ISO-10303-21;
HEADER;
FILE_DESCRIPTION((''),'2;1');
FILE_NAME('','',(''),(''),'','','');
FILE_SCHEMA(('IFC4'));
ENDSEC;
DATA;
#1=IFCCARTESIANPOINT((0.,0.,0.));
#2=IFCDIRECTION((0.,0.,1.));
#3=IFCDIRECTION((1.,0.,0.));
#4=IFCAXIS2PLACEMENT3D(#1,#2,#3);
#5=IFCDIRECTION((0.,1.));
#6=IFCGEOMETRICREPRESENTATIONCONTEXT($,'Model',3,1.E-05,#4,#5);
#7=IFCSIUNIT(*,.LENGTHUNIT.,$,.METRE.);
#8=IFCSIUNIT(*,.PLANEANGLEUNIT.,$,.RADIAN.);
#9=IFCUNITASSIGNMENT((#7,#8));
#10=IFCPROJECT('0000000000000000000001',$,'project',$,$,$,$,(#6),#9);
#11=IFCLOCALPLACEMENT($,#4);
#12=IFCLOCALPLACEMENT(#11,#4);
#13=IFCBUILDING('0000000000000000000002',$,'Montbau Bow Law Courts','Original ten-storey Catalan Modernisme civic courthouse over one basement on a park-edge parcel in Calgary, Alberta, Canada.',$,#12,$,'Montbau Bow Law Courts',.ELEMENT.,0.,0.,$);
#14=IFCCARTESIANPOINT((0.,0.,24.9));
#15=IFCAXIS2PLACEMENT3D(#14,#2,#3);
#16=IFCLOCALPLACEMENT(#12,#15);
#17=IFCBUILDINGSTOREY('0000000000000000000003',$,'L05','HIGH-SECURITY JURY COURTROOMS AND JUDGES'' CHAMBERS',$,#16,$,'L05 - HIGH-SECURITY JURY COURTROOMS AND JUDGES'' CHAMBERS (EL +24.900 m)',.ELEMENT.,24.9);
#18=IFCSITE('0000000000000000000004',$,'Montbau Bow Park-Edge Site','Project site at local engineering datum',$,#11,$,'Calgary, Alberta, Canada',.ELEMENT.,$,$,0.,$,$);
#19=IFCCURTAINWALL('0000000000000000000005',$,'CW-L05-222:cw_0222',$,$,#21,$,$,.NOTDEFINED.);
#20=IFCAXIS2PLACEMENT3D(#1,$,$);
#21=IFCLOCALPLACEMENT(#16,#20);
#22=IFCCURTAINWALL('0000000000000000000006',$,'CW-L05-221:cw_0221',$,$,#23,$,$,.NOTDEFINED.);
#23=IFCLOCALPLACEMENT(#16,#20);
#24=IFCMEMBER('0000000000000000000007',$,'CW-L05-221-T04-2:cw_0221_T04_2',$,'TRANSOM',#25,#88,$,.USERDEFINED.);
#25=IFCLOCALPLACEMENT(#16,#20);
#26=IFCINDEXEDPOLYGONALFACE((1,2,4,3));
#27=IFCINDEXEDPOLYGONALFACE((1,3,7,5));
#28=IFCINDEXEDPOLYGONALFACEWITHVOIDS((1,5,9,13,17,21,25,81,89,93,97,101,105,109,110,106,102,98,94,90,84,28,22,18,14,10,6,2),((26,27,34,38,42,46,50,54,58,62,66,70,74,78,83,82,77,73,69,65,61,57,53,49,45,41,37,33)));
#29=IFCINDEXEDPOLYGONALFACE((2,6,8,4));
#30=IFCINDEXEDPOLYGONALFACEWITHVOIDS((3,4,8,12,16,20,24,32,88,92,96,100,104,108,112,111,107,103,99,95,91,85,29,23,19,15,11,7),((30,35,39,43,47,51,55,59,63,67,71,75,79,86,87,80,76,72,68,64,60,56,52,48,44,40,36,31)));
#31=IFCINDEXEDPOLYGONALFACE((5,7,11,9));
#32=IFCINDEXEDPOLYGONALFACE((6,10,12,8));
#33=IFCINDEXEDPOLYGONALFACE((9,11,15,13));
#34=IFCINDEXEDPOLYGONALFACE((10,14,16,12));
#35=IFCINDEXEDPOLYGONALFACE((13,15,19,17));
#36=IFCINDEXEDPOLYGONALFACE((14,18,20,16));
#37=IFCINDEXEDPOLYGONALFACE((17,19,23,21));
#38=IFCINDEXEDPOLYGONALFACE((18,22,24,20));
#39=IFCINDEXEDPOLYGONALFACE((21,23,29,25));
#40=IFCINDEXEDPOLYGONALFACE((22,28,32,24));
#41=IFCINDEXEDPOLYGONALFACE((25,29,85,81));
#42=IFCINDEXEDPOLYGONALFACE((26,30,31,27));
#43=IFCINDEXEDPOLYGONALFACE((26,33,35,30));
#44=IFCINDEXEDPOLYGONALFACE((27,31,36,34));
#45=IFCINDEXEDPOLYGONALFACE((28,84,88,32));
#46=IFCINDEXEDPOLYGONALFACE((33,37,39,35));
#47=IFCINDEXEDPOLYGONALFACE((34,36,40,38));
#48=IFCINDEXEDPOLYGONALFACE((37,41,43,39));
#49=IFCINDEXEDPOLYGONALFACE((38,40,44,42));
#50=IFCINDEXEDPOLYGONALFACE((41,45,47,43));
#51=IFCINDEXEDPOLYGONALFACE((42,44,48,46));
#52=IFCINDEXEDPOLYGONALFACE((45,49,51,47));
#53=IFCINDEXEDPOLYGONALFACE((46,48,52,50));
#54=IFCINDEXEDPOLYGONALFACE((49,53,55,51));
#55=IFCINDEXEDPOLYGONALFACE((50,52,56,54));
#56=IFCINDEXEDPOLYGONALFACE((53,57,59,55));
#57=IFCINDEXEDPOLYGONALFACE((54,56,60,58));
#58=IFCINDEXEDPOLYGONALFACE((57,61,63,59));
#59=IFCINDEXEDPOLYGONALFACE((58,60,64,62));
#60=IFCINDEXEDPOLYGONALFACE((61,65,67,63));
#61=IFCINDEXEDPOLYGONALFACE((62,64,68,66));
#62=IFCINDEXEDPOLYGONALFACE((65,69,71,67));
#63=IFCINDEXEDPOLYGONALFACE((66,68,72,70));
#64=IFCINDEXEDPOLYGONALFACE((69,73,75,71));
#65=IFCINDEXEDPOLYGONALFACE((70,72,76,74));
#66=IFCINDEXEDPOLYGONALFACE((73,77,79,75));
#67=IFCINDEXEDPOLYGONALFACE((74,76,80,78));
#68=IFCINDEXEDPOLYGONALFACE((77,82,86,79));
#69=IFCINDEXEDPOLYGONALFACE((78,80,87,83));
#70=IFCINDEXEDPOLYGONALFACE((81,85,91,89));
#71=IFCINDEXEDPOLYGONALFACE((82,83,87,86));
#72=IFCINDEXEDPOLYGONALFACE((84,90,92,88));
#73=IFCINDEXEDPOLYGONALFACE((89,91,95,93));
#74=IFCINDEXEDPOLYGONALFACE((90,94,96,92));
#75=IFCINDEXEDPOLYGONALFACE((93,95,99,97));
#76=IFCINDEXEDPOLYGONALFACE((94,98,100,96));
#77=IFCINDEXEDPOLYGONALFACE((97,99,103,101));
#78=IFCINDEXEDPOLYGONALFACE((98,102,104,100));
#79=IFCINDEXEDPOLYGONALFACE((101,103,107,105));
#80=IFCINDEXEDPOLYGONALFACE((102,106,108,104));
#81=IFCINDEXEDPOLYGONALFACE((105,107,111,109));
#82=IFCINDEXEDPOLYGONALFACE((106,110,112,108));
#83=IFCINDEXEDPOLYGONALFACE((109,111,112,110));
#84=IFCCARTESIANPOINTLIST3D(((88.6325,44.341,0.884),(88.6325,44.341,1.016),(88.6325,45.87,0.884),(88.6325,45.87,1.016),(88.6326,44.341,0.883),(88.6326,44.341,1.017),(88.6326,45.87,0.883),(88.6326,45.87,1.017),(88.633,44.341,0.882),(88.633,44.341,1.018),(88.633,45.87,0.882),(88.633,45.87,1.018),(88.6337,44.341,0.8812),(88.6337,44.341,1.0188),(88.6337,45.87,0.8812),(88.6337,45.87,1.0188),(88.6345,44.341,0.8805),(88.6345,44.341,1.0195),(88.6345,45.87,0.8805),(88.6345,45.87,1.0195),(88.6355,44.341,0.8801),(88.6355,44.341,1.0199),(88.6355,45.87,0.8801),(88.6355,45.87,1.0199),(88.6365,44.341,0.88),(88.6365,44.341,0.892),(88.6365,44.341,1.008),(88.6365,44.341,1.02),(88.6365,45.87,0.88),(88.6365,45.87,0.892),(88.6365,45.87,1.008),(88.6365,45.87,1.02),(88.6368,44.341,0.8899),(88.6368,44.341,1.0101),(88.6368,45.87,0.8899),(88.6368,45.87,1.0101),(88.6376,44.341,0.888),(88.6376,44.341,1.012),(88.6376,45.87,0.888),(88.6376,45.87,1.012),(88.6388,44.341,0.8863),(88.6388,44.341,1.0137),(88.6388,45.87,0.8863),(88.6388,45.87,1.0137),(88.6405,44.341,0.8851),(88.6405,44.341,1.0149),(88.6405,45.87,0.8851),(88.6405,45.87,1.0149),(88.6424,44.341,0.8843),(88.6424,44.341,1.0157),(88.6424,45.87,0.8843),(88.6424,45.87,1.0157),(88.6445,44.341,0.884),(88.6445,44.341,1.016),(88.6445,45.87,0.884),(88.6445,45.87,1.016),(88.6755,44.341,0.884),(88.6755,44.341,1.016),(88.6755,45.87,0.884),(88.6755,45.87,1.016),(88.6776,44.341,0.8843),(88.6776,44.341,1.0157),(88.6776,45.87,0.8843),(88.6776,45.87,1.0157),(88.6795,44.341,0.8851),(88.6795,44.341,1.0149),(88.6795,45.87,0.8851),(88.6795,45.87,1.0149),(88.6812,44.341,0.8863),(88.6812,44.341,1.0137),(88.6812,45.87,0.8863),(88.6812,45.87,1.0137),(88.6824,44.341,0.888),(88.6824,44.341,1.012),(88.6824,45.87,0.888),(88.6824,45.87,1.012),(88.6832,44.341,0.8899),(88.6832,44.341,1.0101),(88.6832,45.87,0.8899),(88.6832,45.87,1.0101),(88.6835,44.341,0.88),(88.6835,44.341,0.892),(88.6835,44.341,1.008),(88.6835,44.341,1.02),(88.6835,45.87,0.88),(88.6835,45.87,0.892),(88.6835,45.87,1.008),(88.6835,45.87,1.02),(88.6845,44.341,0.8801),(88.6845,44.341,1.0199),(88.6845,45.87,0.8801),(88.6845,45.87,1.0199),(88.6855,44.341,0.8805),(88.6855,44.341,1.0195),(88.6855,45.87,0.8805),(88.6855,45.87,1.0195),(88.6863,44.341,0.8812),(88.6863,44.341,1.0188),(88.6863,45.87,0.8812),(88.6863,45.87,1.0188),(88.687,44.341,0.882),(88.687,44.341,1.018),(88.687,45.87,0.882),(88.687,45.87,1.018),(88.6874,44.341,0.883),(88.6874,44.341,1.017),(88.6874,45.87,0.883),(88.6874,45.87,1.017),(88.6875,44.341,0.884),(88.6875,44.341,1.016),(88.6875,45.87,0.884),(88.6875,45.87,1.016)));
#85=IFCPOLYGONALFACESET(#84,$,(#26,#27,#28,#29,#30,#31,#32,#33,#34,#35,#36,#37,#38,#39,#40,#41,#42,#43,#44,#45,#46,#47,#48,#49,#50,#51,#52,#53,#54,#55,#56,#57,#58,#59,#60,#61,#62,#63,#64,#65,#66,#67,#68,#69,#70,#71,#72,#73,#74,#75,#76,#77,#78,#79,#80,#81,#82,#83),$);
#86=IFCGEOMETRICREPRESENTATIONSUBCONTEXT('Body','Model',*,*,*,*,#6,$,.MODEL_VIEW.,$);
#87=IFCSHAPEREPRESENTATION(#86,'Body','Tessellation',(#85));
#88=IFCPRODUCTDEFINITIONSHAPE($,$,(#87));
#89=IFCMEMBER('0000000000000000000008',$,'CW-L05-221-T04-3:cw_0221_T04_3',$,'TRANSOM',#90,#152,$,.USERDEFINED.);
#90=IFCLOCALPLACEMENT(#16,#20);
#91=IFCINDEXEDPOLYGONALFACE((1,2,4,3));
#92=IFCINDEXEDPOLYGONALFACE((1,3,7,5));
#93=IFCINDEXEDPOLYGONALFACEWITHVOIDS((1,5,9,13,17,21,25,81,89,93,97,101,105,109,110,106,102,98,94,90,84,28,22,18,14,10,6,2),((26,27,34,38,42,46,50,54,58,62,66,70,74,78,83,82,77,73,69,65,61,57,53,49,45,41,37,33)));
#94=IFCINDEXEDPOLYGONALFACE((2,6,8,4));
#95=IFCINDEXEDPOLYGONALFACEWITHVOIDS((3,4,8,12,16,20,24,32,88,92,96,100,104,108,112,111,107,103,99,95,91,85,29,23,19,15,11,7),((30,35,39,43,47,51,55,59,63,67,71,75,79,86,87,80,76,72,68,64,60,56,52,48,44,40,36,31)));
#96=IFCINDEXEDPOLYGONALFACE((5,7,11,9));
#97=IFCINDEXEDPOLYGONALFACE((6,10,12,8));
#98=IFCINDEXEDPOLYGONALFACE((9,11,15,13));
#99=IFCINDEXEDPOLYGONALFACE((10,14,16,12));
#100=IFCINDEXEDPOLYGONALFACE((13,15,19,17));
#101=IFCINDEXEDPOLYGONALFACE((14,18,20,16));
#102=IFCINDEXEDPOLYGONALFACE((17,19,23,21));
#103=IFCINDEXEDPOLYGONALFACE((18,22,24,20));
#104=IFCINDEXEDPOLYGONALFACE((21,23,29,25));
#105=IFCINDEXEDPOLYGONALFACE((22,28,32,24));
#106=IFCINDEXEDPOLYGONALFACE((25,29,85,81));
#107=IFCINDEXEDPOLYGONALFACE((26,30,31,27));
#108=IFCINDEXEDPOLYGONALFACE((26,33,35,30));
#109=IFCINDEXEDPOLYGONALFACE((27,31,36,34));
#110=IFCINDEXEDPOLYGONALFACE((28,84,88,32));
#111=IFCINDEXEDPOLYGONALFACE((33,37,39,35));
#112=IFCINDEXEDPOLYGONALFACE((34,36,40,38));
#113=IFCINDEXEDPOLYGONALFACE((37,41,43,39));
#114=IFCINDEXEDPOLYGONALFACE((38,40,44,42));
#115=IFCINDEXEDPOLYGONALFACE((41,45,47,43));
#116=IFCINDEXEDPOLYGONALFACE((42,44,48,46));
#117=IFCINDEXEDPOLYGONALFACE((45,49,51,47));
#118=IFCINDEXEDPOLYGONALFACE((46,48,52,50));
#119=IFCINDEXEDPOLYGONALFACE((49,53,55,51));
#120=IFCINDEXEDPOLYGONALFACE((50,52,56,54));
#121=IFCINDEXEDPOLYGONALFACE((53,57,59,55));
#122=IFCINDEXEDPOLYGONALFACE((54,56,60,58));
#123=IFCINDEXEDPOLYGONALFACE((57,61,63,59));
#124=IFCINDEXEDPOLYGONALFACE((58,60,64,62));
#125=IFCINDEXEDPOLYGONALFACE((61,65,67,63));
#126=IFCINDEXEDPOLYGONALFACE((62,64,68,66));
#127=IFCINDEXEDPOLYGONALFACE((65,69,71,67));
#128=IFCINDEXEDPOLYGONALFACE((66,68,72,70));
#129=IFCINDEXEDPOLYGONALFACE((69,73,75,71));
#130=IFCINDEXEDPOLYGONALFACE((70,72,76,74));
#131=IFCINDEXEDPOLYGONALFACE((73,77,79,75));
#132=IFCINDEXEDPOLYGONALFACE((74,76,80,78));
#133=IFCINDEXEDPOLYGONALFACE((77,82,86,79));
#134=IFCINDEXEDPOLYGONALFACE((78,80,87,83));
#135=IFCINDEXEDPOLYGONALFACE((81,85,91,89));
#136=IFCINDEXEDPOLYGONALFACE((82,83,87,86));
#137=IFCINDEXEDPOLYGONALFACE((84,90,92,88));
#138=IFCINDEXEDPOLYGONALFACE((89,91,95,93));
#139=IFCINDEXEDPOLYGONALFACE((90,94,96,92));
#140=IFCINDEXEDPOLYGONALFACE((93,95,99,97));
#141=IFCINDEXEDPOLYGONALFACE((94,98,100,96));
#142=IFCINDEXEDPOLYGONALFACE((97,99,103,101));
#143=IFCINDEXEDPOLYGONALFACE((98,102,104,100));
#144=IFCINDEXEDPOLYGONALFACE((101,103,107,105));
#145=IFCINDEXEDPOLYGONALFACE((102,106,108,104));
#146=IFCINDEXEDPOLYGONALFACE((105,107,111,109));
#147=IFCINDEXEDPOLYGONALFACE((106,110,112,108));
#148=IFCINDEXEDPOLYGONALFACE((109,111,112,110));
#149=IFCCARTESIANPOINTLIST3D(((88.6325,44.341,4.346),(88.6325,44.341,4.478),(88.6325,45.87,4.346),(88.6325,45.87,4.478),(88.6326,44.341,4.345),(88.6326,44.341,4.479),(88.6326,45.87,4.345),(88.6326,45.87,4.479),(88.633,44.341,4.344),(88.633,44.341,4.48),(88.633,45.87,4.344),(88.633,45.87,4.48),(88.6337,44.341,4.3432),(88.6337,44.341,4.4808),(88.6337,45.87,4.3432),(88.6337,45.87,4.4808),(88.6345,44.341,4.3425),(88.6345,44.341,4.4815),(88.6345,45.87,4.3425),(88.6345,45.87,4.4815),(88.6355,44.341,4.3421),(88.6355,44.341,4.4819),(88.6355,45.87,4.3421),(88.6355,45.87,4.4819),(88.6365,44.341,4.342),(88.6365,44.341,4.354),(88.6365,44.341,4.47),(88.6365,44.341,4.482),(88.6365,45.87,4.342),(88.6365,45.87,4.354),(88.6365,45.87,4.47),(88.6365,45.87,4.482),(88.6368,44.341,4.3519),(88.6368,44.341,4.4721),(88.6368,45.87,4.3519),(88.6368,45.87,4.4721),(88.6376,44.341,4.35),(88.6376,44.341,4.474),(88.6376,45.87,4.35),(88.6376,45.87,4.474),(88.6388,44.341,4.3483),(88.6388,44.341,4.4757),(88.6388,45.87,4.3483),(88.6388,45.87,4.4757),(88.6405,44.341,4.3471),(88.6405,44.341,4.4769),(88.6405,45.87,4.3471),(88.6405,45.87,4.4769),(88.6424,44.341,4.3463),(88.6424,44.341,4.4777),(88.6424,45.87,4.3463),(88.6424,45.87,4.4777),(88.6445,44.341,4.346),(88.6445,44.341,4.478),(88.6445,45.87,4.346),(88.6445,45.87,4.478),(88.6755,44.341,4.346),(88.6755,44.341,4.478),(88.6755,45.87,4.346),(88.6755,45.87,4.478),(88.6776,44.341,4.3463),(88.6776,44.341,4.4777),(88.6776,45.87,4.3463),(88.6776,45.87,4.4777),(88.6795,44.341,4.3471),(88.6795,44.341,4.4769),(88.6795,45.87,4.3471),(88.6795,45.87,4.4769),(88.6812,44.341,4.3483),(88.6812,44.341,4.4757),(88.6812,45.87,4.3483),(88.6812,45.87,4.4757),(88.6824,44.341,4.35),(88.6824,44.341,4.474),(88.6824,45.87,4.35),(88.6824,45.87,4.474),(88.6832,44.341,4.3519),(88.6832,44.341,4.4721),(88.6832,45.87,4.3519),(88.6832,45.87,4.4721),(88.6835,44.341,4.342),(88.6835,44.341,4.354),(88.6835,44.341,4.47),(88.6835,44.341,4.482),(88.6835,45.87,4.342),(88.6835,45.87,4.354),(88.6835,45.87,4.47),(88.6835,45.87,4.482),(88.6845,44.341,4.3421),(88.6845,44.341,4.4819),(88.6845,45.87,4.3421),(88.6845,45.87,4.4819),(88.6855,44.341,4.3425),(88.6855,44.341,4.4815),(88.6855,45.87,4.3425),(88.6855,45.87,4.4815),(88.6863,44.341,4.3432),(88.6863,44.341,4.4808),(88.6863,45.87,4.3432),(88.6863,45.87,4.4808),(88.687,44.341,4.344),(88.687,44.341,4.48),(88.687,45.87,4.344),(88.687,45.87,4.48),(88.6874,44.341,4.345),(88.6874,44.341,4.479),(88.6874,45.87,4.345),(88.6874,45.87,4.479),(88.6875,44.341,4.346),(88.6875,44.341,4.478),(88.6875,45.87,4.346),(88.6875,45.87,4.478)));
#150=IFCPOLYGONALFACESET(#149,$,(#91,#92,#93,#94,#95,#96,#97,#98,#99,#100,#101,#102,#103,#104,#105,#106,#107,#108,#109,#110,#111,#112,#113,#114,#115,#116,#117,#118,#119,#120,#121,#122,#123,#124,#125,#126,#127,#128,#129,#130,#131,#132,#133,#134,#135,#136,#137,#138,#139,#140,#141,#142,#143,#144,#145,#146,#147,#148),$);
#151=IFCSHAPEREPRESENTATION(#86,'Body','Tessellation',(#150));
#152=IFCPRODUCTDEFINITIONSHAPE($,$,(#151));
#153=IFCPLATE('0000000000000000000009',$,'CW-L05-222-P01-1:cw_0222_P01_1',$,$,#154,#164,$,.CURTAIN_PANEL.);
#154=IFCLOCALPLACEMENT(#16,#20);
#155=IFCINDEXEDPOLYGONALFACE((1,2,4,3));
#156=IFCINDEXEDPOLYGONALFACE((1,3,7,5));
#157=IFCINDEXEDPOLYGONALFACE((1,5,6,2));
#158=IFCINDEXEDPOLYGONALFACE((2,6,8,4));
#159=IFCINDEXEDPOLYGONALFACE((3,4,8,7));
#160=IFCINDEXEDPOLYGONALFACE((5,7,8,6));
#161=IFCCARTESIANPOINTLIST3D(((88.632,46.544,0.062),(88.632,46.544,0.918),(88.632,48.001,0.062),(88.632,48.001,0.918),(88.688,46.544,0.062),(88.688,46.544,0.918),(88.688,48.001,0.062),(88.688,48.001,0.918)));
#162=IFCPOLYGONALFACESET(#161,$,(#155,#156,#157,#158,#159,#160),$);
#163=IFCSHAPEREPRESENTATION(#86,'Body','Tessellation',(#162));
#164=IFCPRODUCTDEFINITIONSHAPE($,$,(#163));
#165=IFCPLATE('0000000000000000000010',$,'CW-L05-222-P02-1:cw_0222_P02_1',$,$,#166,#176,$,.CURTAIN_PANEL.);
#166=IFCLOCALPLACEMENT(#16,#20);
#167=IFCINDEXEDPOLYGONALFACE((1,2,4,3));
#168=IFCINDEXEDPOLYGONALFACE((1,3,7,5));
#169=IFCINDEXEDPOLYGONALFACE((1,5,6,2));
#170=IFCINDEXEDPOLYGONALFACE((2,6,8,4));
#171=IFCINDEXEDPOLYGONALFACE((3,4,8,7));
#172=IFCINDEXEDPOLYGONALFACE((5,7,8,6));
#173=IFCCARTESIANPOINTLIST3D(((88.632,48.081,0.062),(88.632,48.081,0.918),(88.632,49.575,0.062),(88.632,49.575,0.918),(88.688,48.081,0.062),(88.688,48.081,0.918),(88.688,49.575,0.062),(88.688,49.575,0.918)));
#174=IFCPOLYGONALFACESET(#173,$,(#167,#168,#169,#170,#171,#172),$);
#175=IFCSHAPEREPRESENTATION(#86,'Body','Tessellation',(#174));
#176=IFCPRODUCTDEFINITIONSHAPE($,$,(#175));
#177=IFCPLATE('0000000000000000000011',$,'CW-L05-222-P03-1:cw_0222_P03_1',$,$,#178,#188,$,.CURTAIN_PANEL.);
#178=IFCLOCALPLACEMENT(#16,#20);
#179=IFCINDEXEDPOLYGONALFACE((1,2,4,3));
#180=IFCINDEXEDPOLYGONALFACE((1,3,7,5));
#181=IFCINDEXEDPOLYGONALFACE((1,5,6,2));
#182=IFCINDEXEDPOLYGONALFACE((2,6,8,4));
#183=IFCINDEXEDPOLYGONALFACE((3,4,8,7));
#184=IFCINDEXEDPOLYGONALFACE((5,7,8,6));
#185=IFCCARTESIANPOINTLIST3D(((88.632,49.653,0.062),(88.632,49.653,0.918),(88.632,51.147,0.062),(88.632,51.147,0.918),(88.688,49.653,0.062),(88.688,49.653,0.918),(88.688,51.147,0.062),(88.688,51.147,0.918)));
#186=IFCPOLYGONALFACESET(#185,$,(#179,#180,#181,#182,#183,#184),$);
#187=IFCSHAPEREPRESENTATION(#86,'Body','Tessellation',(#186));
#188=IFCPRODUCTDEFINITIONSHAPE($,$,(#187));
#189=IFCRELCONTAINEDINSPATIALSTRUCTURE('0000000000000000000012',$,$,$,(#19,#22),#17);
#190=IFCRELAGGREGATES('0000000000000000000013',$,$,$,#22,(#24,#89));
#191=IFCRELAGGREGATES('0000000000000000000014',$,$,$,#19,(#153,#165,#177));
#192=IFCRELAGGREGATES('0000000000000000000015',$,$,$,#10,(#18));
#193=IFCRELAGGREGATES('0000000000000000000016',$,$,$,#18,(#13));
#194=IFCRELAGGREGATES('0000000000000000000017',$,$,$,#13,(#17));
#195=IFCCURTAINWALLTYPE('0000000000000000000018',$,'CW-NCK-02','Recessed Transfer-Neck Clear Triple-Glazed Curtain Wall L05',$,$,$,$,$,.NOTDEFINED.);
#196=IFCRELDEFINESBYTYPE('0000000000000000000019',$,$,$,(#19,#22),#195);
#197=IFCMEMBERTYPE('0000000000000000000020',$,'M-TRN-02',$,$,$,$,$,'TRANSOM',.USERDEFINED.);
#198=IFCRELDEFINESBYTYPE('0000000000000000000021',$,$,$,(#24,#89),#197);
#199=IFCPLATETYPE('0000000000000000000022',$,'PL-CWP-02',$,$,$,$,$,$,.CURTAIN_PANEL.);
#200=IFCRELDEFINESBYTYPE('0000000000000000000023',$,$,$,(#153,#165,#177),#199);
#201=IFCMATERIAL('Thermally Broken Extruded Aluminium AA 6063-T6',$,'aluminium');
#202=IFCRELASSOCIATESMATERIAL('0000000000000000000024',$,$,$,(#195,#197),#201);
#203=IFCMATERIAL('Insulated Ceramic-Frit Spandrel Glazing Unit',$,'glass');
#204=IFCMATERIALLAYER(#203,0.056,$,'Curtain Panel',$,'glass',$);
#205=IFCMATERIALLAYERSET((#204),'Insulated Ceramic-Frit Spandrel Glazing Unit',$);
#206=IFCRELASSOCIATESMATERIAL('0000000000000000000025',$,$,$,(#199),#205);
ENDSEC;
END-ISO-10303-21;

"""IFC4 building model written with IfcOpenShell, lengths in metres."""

from ifc_helpers import new_model, si_unit, direction, frame, frame_2d, origin_with_axes, origin_2d_with_axis, place, context, subcontext, project, spatial, rectangle, hollow_rectangle, extrude, material, layer, layer_set, material_profile, profile_set, type_object, element, aggregate, save


model = new_model("IFC4")

# Units and contexts
model_context = context("Model", 3, precision=1e-05, world=origin_with_axes(), true_north=direction((0.0, 1.0)))
body_context = subcontext(model_context, "Body", "Model", "MODEL_VIEW")
ifc_project = project(units=[si_unit("LENGTHUNIT", "METRE"), si_unit("PLANEANGLEUNIT", "RADIAN")], contexts=[model_context])

# Site, building, storey
site_placement = place(None, origin_with_axes())
site = spatial("IfcSite", under=ifc_project, at=site_placement, Name="Montbau Bow Park-Edge Site", Description="Project site at local engineering datum", LongName="Calgary, Alberta, Canada", CompositionType="ELEMENT", RefElevation=0.0)
building_placement = place(site_placement, origin_with_axes())
building = spatial("IfcBuilding", under=site, at=building_placement, Name="Montbau Bow Law Courts", Description="Original ten-storey Catalan Modernisme civic courthouse over one basement on a park-edge parcel in Calgary, Alberta, Canada.", LongName="Montbau Bow Law Courts", CompositionType="ELEMENT", ElevationOfRefHeight=0.0, ElevationOfTerrain=0.0)
storey_placement = place(building_placement, frame((0.0, 0.0, 24.9), z_axis=(0.0, 0.0, 1.0), x_axis=(1.0, 0.0, 0.0)))
storey = spatial("IfcBuildingStorey", under=building, at=storey_placement, Name="L05", Description="HIGH-SECURITY JURY COURTROOMS AND JUDGES' CHAMBERS", LongName="L05 - HIGH-SECURITY JURY COURTROOMS AND JUDGES' CHAMBERS (EL +24.900 m)", CompositionType="ELEMENT", Elevation=24.9)

# Curtain wall
ifc_material_1 = material(Name="Thermally Broken Extruded Aluminium AA 6063-T6", Category="aluminium")
curtain_wall_type = type_object("IfcCurtainWallType", Name="CW-NCK-02", Description="Recessed Transfer-Neck Clear Triple-Glazed Curtain Wall L05", PredefinedType="NOTDEFINED", material=ifc_material_1)
curtain_wall_1_placement = place(None, frame((88.66, 46.468, 24.9), z_axis=(0.0, 0.0, 1.0), x_axis=(1.0, 0.0, 0.0)))
curtain_wall_1 = element("IfcCurtainWall", 1, at=curtain_wall_1_placement, inside=storey, type_object=curtain_wall_type, Name="CW-L05-222:cw_0222", PredefinedType="NOTDEFINED")

# Curtain wall
curtain_wall_2_placement = place(None, frame((88.66, 39.44, 24.9), z_axis=(0.0, 0.0, 1.0), x_axis=(1.0, 0.0, 0.0)))
curtain_wall_2 = element("IfcCurtainWall", 2, at=curtain_wall_2_placement, inside=storey, type_object=curtain_wall_type, Name="CW-L05-221:cw_0221", PredefinedType="NOTDEFINED")

# Members
ifc_material_profile_1 = material_profile(ifc_material_1, hollow_rectangle(XDim=0.055, YDim=0.14, WallThickness=0.004, InnerFilletRadius=0.008, OuterFilletRadius=0.004, at=origin_2d_with_axis()), Name="CWT-140X55", Category="Main", Priority=0)
ifc_profile_set_1 = profile_set([ifc_material_profile_1], Name="Thermally Broken Extruded Aluminium AA 6063-T6")
member_type_1 = type_object("IfcMemberType", Name="M-TRN-02", ElementType="TRANSOM", PredefinedType="USERDEFINED", material=ifc_profile_set_1)
member_1_placement = place(None, frame((88.66, 44.341, 25.85), z_axis=(0.0, 1.0, 0.0), x_axis=(-1.0, 0.0, 0.0)))
member_1 = element("IfcMember", 3, at=member_1_placement, type_object=member_type_1, Name="CW-L05-221-T04-2:cw_0221_T04_2", ObjectType="TRANSOM", PredefinedType="USERDEFINED", context=body_context, shape_type="SweptSolid", body=[
    extrude(hollow_rectangle(XDim=0.055, YDim=0.14, WallThickness=0.004, InnerFilletRadius=0.008, OuterFilletRadius=0.004, at=origin_2d_with_axis()), origin_with_axes(), (0.0, 0.0, 1.0), 1.529),
])
member_2_placement = place(None, frame((88.66, 44.341, 29.312), z_axis=(0.0, 1.0, 0.0), x_axis=(-1.0, 0.0, 0.0)))
member_2 = element("IfcMember", 4, at=member_2_placement, type_object=member_type_1, Name="CW-L05-221-T04-3:cw_0221_T04_3", ObjectType="TRANSOM", PredefinedType="USERDEFINED", context=body_context, shape_type="SweptSolid", body=[
    extrude(hollow_rectangle(XDim=0.055, YDim=0.14, WallThickness=0.004, InnerFilletRadius=0.008, OuterFilletRadius=0.004, at=origin_2d_with_axis()), origin_with_axes(), (0.0, 0.0, 1.0), 1.529),
])
aggregate(curtain_wall_2, [member_1, member_2])

# Plates
ifc_material_2 = material(Name="Insulated Ceramic-Frit Spandrel Glazing Unit", Category="glass")
ifc_layer_1 = layer(ifc_material_2, 0.056, Name="Curtain Panel", Category="glass")
ifc_layer_set_1 = layer_set([ifc_layer_1], Name="Insulated Ceramic-Frit Spandrel Glazing Unit")
plate_type_1 = type_object("IfcPlateType", Name="PL-CWP-02", PredefinedType="CURTAIN_PANEL", material=ifc_layer_set_1)
plate_1_placement = place(None, frame((88.66, 46.544, 24.962), z_axis=(1.0, 0.0, 0.0), x_axis=(0.0, 1.0, 0.0)))
plate_1 = element("IfcPlate", 5, at=plate_1_placement, type_object=plate_type_1, Name="CW-L05-222-P01-1:cw_0222_P01_1", PredefinedType="CURTAIN_PANEL", context=body_context, shape_type="SweptSolid", body=[
    extrude(rectangle(XDim=1.457, YDim=0.856, at=frame_2d((0.7285, 0.428), x_axis=(1.0, 0.0))), frame((0.0, 0.0, -0.028), z_axis=(0.0, 0.0, 1.0), x_axis=(1.0, 0.0, 0.0)), (0.0, 0.0, 1.0), 0.056),
])
plate_2_placement = place(None, frame((88.66, 48.081, 24.962), z_axis=(1.0, 0.0, 0.0), x_axis=(0.0, 1.0, 0.0)))
plate_2 = element("IfcPlate", 6, at=plate_2_placement, type_object=plate_type_1, Name="CW-L05-222-P02-1:cw_0222_P02_1", PredefinedType="CURTAIN_PANEL", context=body_context, shape_type="SweptSolid", body=[
    extrude(rectangle(XDim=1.494, YDim=0.856, at=frame_2d((0.747, 0.428), x_axis=(1.0, 0.0))), frame((0.0, 0.0, -0.028), z_axis=(0.0, 0.0, 1.0), x_axis=(1.0, 0.0, 0.0)), (0.0, 0.0, 1.0), 0.056),
])
plate_3_placement = place(None, frame((88.66, 49.653, 24.962), z_axis=(1.0, 0.0, 0.0), x_axis=(0.0, 1.0, 0.0)))
plate_3 = element("IfcPlate", 7, at=plate_3_placement, type_object=plate_type_1, Name="CW-L05-222-P03-1:cw_0222_P03_1", PredefinedType="CURTAIN_PANEL", context=body_context, shape_type="SweptSolid", body=[
    extrude(rectangle(XDim=1.494, YDim=0.856, at=frame_2d((0.747, 0.428), x_axis=(1.0, 0.0))), frame((0.0, 0.0, -0.028), z_axis=(0.0, 0.0, 1.0), x_axis=(1.0, 0.0, 0.0)), (0.0, 0.0, 1.0), 0.056),
])
aggregate(curtain_wall_1, [plate_1, plate_2, plate_3])

save(model, "model.ifc")
